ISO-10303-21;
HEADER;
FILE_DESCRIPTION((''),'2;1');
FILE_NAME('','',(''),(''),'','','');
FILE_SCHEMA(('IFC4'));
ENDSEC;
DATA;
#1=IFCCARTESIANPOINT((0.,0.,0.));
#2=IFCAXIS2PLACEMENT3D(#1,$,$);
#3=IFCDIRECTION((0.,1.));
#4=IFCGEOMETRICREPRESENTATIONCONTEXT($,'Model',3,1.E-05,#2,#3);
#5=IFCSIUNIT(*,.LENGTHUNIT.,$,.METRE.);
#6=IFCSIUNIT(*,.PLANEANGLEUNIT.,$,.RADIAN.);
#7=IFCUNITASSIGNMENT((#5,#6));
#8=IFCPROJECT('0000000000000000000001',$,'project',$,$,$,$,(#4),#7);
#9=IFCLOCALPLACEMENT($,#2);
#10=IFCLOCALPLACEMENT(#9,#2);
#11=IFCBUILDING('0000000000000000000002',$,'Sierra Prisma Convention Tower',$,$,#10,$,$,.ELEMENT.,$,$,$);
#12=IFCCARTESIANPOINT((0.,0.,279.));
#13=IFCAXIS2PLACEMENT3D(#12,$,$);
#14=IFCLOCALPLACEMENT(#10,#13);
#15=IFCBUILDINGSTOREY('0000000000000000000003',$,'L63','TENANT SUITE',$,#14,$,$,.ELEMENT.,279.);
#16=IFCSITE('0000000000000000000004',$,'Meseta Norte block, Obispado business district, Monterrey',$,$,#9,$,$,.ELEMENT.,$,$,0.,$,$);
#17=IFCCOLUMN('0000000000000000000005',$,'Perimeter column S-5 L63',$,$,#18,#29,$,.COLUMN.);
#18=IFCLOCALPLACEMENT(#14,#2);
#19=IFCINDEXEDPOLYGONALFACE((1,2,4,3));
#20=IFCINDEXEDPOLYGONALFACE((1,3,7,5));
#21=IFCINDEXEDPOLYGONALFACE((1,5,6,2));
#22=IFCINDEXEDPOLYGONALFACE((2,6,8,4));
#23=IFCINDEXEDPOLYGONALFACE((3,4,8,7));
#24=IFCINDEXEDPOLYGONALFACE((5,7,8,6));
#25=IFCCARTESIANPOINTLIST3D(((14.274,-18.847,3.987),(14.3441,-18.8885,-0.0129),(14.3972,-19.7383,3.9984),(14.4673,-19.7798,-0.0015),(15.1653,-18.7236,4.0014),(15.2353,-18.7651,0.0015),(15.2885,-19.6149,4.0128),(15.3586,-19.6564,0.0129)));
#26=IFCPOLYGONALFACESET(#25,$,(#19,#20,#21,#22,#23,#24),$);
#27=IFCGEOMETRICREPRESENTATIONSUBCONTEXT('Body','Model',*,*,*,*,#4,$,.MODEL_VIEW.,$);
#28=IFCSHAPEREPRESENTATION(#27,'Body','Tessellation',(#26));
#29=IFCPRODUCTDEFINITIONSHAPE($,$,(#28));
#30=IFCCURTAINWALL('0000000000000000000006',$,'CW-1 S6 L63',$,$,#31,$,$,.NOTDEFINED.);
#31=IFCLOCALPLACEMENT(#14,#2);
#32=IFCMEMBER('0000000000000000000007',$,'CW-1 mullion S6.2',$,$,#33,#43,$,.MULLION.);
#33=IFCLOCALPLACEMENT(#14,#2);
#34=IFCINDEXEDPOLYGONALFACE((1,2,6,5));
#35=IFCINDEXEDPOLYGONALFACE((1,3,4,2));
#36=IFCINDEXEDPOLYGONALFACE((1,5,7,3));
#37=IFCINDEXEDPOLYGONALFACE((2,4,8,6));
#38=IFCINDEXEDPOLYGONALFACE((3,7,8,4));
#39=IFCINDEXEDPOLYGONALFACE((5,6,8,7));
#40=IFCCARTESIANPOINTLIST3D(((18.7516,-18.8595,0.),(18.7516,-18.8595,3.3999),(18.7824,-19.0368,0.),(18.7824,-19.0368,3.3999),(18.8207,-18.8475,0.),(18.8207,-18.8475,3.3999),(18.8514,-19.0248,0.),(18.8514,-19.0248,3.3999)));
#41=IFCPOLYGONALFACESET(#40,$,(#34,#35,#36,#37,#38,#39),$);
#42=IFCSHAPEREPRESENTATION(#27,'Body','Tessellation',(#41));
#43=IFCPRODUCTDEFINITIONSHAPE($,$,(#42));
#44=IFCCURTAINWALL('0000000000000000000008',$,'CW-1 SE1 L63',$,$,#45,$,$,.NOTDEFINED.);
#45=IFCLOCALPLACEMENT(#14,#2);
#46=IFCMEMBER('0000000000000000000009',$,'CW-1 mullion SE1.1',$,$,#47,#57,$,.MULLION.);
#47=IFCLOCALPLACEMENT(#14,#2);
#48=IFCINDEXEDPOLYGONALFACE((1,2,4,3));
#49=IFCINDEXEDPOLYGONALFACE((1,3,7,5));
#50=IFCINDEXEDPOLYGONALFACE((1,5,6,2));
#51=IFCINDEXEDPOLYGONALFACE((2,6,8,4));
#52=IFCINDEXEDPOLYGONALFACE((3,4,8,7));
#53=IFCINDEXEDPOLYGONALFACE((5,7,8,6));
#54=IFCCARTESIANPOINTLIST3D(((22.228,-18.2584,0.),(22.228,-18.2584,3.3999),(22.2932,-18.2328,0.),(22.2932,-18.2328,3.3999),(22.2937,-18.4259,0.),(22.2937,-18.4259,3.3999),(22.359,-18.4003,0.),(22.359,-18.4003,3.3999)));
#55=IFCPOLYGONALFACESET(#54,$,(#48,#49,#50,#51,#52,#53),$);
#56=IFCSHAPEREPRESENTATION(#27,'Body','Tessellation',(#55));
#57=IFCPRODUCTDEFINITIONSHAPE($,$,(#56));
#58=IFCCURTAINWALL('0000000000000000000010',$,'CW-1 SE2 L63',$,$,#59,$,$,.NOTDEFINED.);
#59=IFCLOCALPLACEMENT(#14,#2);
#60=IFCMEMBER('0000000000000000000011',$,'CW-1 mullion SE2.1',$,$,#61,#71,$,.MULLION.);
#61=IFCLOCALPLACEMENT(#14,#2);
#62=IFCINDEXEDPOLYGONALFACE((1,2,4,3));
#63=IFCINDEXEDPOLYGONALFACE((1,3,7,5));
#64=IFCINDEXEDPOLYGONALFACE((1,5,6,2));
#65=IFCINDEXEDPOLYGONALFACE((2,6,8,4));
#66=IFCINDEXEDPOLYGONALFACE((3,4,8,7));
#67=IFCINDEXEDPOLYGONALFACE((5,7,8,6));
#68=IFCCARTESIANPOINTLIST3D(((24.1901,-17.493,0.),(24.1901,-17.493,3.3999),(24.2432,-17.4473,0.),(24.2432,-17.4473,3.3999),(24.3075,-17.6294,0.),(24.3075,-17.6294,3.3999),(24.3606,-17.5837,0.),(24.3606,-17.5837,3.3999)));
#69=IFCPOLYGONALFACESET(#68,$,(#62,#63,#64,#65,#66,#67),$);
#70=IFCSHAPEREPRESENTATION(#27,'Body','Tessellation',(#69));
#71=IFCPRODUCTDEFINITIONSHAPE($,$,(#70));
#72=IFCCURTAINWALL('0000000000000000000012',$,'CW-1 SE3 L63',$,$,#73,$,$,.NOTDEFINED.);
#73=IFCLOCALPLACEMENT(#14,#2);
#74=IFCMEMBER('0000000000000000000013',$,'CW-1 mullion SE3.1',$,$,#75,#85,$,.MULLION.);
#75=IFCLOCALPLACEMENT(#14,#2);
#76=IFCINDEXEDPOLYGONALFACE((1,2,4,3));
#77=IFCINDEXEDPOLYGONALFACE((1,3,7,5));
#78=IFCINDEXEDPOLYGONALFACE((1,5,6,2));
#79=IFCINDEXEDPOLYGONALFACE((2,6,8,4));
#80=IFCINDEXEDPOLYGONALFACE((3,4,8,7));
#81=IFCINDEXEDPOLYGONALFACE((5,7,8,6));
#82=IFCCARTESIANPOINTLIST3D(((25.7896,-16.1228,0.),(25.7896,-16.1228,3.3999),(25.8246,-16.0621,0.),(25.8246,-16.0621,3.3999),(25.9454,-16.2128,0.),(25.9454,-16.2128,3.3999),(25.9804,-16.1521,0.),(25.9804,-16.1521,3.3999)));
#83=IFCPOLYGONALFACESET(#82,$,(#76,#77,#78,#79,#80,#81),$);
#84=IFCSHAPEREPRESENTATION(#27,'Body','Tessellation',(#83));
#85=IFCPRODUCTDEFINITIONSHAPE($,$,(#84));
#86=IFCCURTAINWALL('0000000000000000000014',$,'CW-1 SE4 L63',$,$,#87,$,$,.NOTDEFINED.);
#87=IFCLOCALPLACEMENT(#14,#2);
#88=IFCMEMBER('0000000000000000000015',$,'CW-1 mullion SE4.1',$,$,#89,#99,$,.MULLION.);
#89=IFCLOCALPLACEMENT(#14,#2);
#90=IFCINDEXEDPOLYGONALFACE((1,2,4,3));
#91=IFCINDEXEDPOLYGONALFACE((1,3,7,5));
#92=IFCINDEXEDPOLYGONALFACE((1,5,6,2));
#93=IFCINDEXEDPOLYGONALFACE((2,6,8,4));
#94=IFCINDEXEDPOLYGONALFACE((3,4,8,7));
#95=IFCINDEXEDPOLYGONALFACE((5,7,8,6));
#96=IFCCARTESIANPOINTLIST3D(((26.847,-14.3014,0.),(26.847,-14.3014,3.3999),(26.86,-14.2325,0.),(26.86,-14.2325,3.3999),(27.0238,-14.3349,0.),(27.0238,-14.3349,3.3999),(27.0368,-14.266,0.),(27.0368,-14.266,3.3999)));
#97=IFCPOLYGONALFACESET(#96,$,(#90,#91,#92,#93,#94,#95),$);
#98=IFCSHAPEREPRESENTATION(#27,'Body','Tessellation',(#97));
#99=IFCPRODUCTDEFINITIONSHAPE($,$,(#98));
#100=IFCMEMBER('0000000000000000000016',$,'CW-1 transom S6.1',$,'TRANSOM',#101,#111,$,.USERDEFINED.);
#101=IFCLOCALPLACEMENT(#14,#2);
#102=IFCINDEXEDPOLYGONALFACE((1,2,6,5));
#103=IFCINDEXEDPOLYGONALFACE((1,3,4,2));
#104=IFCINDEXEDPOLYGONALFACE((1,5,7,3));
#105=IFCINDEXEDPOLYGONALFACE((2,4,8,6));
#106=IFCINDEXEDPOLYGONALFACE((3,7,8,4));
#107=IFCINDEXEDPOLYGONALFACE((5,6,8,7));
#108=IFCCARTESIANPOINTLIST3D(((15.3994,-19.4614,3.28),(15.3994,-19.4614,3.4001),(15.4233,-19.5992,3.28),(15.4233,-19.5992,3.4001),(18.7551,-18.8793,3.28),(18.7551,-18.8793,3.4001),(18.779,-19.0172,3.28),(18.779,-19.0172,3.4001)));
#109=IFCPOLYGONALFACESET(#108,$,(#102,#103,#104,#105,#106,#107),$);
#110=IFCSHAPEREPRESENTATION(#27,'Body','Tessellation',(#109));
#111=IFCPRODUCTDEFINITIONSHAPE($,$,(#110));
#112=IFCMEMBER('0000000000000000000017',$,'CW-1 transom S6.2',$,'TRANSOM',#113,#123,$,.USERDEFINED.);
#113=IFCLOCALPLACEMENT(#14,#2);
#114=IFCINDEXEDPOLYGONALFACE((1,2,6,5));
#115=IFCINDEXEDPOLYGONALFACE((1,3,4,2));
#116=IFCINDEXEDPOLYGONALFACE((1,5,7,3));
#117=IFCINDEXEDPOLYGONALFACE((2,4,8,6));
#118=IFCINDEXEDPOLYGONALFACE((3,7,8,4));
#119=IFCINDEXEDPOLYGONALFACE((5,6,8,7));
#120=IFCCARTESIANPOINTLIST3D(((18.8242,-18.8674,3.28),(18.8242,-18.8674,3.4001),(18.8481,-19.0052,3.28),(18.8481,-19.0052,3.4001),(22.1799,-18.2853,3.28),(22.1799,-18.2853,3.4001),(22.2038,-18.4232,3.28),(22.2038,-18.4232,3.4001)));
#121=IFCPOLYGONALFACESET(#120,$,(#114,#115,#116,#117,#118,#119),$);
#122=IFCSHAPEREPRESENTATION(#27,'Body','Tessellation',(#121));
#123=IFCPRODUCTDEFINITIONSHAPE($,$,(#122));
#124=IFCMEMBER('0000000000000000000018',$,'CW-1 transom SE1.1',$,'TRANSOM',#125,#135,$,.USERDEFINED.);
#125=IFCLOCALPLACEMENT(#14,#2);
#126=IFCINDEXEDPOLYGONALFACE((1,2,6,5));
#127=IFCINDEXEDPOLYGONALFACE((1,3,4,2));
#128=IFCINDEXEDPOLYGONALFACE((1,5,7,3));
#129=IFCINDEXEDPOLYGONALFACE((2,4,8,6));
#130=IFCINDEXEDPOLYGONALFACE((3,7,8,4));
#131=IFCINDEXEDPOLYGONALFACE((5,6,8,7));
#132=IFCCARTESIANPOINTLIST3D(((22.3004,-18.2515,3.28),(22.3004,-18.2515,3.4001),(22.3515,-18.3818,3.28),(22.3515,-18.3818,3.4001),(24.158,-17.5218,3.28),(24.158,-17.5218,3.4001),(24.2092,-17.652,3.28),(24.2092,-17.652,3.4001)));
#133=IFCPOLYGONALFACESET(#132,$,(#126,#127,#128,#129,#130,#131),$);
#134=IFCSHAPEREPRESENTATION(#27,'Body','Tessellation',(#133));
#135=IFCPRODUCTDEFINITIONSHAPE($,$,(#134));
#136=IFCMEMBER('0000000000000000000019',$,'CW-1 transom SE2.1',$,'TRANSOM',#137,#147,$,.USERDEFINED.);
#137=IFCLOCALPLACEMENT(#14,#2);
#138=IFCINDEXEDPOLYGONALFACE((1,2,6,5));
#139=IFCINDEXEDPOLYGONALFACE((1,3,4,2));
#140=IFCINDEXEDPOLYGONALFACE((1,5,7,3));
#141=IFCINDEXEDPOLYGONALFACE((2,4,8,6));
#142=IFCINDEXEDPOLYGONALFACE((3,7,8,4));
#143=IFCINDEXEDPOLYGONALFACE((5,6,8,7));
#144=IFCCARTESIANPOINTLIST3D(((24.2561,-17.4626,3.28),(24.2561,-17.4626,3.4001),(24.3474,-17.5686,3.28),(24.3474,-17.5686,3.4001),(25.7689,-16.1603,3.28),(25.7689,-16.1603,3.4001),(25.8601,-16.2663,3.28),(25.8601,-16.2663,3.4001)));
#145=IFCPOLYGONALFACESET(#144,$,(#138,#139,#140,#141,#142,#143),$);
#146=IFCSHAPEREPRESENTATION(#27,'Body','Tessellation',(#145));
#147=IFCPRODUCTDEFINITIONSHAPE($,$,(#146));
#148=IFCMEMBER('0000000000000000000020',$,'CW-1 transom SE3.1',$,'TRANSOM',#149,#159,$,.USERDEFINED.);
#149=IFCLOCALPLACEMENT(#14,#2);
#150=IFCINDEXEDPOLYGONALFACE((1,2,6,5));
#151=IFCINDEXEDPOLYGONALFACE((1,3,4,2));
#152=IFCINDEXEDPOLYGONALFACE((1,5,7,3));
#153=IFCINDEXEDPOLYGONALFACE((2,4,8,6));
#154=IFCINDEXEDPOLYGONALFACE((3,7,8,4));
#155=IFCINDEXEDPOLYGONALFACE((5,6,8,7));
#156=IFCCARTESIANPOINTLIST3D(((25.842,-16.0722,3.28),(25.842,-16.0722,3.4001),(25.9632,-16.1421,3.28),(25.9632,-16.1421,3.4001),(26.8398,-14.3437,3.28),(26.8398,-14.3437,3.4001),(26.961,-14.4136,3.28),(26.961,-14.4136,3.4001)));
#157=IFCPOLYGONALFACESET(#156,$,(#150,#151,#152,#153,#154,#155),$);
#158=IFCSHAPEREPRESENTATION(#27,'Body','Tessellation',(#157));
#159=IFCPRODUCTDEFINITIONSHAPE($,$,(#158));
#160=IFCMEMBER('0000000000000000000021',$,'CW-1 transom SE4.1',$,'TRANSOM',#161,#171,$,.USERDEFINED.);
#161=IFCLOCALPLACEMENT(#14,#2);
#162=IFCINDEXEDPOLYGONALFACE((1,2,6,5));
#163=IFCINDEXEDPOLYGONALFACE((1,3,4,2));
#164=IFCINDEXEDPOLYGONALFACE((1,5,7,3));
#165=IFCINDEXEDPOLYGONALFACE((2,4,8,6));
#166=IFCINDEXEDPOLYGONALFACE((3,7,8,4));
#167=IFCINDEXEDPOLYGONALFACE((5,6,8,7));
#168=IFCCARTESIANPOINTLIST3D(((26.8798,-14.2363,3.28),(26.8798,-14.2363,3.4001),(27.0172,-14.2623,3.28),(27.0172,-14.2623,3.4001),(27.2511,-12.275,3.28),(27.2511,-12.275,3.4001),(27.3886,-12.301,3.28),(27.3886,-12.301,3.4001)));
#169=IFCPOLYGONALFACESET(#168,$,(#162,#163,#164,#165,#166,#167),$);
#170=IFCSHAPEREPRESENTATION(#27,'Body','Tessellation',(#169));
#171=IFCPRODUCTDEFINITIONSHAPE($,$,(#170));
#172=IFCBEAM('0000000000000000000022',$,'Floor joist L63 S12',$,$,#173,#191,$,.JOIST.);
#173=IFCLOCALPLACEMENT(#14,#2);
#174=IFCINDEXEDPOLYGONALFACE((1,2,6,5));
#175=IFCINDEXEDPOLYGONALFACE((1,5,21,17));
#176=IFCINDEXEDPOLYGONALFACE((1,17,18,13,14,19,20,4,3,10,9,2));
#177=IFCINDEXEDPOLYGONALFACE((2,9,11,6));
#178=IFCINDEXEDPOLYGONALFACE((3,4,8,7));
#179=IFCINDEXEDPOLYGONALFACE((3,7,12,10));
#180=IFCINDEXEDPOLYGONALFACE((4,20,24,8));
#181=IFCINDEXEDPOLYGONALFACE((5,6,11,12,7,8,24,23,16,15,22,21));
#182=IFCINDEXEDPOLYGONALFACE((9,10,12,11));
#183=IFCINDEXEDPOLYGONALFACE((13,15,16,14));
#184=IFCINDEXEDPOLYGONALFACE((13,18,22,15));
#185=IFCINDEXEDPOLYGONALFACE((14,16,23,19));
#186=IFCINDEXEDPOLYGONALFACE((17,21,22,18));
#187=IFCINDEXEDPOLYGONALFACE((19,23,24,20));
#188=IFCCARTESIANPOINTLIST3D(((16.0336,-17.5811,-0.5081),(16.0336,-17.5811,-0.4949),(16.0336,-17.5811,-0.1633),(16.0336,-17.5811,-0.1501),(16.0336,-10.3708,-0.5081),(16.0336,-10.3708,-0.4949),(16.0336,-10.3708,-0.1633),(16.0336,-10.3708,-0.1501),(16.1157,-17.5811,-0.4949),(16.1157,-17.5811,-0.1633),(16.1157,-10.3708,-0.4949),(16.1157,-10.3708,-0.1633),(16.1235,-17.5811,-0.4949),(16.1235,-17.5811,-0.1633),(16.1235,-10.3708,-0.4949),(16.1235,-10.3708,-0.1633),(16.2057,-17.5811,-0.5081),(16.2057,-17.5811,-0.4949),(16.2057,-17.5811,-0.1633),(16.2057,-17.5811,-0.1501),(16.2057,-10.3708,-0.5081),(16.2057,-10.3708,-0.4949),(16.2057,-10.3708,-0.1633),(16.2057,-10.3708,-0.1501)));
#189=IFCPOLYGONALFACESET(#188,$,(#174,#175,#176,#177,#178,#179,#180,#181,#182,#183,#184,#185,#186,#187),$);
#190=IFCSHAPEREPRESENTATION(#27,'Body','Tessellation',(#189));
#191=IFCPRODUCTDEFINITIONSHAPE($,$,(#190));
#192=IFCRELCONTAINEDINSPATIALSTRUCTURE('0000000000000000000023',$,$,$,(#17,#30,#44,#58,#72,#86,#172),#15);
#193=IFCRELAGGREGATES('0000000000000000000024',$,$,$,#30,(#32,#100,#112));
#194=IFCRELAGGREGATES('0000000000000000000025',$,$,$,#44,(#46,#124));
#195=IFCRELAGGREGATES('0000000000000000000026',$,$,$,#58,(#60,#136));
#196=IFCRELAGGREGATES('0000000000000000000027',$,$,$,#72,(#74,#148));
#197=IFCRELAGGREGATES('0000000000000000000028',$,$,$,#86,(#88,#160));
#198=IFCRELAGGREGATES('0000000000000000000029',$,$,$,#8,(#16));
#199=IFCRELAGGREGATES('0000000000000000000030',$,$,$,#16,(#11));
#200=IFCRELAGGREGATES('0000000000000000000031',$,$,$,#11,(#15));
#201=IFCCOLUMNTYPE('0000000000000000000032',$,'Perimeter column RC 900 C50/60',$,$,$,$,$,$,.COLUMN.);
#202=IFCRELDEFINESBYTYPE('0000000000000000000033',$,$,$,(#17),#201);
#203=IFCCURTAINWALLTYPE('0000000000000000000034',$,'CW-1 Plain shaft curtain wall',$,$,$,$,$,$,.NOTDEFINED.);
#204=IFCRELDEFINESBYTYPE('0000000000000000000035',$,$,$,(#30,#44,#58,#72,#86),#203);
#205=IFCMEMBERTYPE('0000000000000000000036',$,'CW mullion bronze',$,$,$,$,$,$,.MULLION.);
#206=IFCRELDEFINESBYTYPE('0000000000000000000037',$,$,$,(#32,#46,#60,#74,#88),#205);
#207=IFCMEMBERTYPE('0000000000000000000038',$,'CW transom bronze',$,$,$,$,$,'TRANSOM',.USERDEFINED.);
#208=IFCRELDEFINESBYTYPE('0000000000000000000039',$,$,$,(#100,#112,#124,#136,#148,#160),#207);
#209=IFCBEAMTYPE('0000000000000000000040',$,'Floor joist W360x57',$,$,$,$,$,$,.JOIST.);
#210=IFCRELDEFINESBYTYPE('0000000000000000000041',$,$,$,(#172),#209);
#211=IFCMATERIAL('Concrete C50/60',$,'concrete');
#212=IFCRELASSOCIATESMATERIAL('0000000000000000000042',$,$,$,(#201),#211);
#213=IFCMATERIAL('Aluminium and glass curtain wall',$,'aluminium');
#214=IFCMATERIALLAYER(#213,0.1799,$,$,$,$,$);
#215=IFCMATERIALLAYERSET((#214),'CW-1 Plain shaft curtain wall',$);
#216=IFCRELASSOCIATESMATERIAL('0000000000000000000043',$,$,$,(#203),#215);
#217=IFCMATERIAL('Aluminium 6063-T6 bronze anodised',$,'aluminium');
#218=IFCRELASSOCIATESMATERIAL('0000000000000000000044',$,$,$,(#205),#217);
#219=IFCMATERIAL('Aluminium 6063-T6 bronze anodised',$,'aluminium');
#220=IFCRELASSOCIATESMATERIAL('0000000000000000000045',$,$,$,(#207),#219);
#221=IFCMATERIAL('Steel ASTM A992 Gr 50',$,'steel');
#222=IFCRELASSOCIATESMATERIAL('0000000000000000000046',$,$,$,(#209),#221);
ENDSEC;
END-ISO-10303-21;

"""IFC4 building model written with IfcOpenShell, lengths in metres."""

from ifc_helpers import new_model, si_unit, direction, frame, origin, origin_2d, place, context, subcontext, project, spatial, rectangle, i_section, extrude, material, layer, layer_set, material_profile, profile_set, type_object, element, aggregate, save


model = new_model("IFC4")

# Units and contexts
model_context = context("Model", 3, precision=1e-05, world=origin(), true_north=direction((0.0, 1.0)))
body_context = subcontext(model_context, "Body", "Model", "MODEL_VIEW")
ifc_project = project(units=[si_unit("LENGTHUNIT", "METRE"), si_unit("PLANEANGLEUNIT", "RADIAN")], contexts=[model_context])

# Site, building, storey
site_placement = place(None, origin())
site = spatial("IfcSite", under=ifc_project, at=site_placement, Name="Meseta Norte block, Obispado business district, Monterrey", CompositionType="ELEMENT", RefElevation=0.0)
building_placement = place(site_placement, origin())
building = spatial("IfcBuilding", under=site, at=building_placement, Name="Sierra Prisma Convention Tower", CompositionType="ELEMENT")
storey_placement = place(building_placement, frame((0.0, 0.0, 279.0)))
storey = spatial("IfcBuildingStorey", under=building, at=storey_placement, Name="L63", Description="TENANT SUITE", CompositionType="ELEMENT", Elevation=279.0)

# Column
ifc_material_1 = material(Name="Concrete C50/60", Category="concrete")
ifc_material_profile_1 = material_profile(ifc_material_1, rectangle(XDim=0.8999, YDim=0.8999, at=origin_2d()), Name="Perimeter column RC 900 C50/60")
ifc_profile_set_1 = profile_set([ifc_material_profile_1], Name="Concrete C50/60")
column_type = type_object("IfcColumnType", Name="Perimeter column RC 900 C50/60", PredefinedType="COLUMN", material=ifc_profile_set_1)
column_placement = place(storey_placement, frame((14.8513, -19.2725, 0.0), z_axis=(-0.017513, 0.010374, 0.999793), x_axis=(0.990424, 0.137137, 0.015926)))
element("IfcColumn", 1, at=column_placement, inside=storey, type_object=column_type, Name="Perimeter column S-5 L63", PredefinedType="COLUMN", context=body_context, shape_type="SweptSolid", body=[
    extrude(rectangle(XDim=0.8999, YDim=0.8999, at=origin_2d()), origin(), (0.0, 0.0, 1.0), 4.0007),
])

# Curtain walls, members
ifc_material_2 = material(Name="Aluminium and glass curtain wall", Category="aluminium")
ifc_layer_1 = layer(ifc_material_2, 0.1799)
ifc_layer_set_1 = layer_set([ifc_layer_1], Name="CW-1 Plain shaft curtain wall")
curtain_wall_type = type_object("IfcCurtainWallType", Name="CW-1 Plain shaft curtain wall", PredefinedType="NOTDEFINED", material=ifc_layer_set_1)
curtain_wall_1_placement = place(storey_placement, origin())
curtain_wall_1 = element("IfcCurtainWall", 2, at=curtain_wall_1_placement, inside=storey, type_object=curtain_wall_type, Name="CW-1 S6 L63", PredefinedType="NOTDEFINED")
ifc_material_3 = material(Name="Aluminium 6063-T6 bronze anodised", Category="aluminium")
ifc_material_profile_2 = material_profile(ifc_material_3, rectangle(XDim=0.1799, YDim=0.0701, at=origin_2d()), Name="ALU MULLION 70x180")
ifc_profile_set_2 = profile_set([ifc_material_profile_2], Name="Aluminium 6063-T6 bronze anodised")
member_type_1 = type_object("IfcMemberType", Name="CW mullion bronze", PredefinedType="MULLION", material=ifc_profile_set_2)
member_1_placement = place(storey_placement, frame((18.8015, -18.9421, 0.0), z_axis=(0.0, 0.0, 1.0), x_axis=(-0.170902, 0.985288, 0.0)))
member_1 = element("IfcMember", 3, at=member_1_placement, type_object=member_type_1, Name="CW-1 mullion S6.2", PredefinedType="MULLION", context=body_context, shape_type="SweptSolid", body=[
    extrude(rectangle(XDim=0.1799, YDim=0.0701, at=origin_2d()), origin(), (0.0, 0.0, 1.0), 3.3999),
])
curtain_wall_2_placement = place(storey_placement, origin())
curtain_wall_2 = element("IfcCurtainWall", 4, at=curtain_wall_2_placement, inside=storey, type_object=curtain_wall_type, Name="CW-1 SE1 L63", PredefinedType="NOTDEFINED")
member_2_placement = place(storey_placement, frame((22.2935, -18.3293, 0.0), z_axis=(0.0, 0.0, 1.0), x_axis=(-0.365634, 0.930759, 0.0)))
member_2 = element("IfcMember", 5, at=member_2_placement, type_object=member_type_1, Name="CW-1 mullion SE1.1", PredefinedType="MULLION", context=body_context, shape_type="SweptSolid", body=[
    extrude(rectangle(XDim=0.1799, YDim=0.0701, at=origin_2d()), origin(), (0.0, 0.0, 1.0), 3.3999),
])
curtain_wall_3_placement = place(storey_placement, origin())
curtain_wall_3 = element("IfcCurtainWall", 6, at=curtain_wall_3_placement, inside=storey, type_object=curtain_wall_type, Name="CW-1 SE2 L63", PredefinedType="NOTDEFINED")
member_3_placement = place(storey_placement, frame((24.2754, -17.5383, 0.0), z_axis=(0.0, 0.0, 1.0), x_axis=(-0.652407, 0.757869, 0.0)))
member_3 = element("IfcMember", 7, at=member_3_placement, type_object=member_type_1, Name="CW-1 mullion SE2.1", PredefinedType="MULLION", context=body_context, shape_type="SweptSolid", body=[
    extrude(rectangle(XDim=0.1799, YDim=0.0701, at=origin_2d()), origin(), (0.0, 0.0, 1.0), 3.3999),
])
curtain_wall_4_placement = place(storey_placement, origin())
curtain_wall_4 = element("IfcCurtainWall", 8, at=curtain_wall_4_placement, inside=storey, type_object=curtain_wall_type, Name="CW-1 SE3 L63", PredefinedType="NOTDEFINED")
member_4_placement = place(storey_placement, frame((25.885, -16.1375, 0.0), z_axis=(0.0, 0.0, 1.0), x_axis=(-0.866025, 0.5, 0.0)))
member_4 = element("IfcMember", 9, at=member_4_placement, type_object=member_type_1, Name="CW-1 mullion SE3.1", PredefinedType="MULLION", context=body_context, shape_type="SweptSolid", body=[
    extrude(rectangle(XDim=0.1799, YDim=0.0701, at=origin_2d()), origin(), (0.0, 0.0, 1.0), 3.3999),
])
curtain_wall_5_placement = place(storey_placement, origin())
curtain_wall_5 = element("IfcCurtainWall", 10, at=curtain_wall_5_placement, inside=storey, type_object=curtain_wall_type, Name="CW-1 SE4 L63", PredefinedType="NOTDEFINED")
member_5_placement = place(storey_placement, frame((26.9419, -14.2837, 0.0), z_axis=(0.0, 0.0, 1.0), x_axis=(-0.982537, 0.186066, 0.0)))
member_5 = element("IfcMember", 11, at=member_5_placement, type_object=member_type_1, Name="CW-1 mullion SE4.1", PredefinedType="MULLION", context=body_context, shape_type="SweptSolid", body=[
    extrude(rectangle(XDim=0.1799, YDim=0.0701, at=origin_2d()), origin(), (0.0, 0.0, 1.0), 3.3999),
])

# Members
ifc_material_4 = material(Name="Aluminium 6063-T6 bronze anodised", Category="aluminium")
ifc_material_profile_3 = material_profile(ifc_material_4, rectangle(XDim=0.1399, YDim=0.1201, at=origin_2d()), Name="ALU TRANSOM 120x140")
ifc_profile_set_3 = profile_set([ifc_material_profile_3], Name="Aluminium 6063-T6 bronze anodised")
member_type_2 = type_object("IfcMemberType", Name="CW transom bronze", ElementType="TRANSOM", PredefinedType="USERDEFINED", material=ifc_profile_set_3)
member_6_placement = place(storey_placement, frame((15.4114, -19.5303, 3.3401), z_axis=(0.98529, 0.170893, 0.0), x_axis=(-0.170893, 0.98529, 0.0)))
member_6 = element("IfcMember", 12, at=member_6_placement, type_object=member_type_2, Name="CW-1 transom S6.1", ObjectType="TRANSOM", PredefinedType="USERDEFINED", context=body_context, shape_type="SweptSolid", body=[
    extrude(rectangle(XDim=0.1399, YDim=0.1201, at=origin_2d()), origin(), (0.0, 0.0, 1.0), 3.4058),
])
member_7_placement = place(storey_placement, frame((18.8362, -18.9363, 3.3401), z_axis=(0.98529, 0.170893, 0.0), x_axis=(-0.170893, 0.98529, 0.0)))
member_7 = element("IfcMember", 13, at=member_7_placement, type_object=member_type_2, Name="CW-1 transom S6.2", ObjectType="TRANSOM", PredefinedType="USERDEFINED", context=body_context, shape_type="SweptSolid", body=[
    extrude(rectangle(XDim=0.1399, YDim=0.1201, at=origin_2d()), origin(), (0.0, 0.0, 1.0), 3.4058),
])
member_8_placement = place(storey_placement, frame((22.3259, -18.3167, 3.3401), z_axis=(0.930762, 0.365626, 0.0), x_axis=(-0.365626, 0.930762, 0.0)))
member_8 = element("IfcMember", 14, at=member_8_placement, type_object=member_type_2, Name="CW-1 transom SE1.1", ObjectType="TRANSOM", PredefinedType="USERDEFINED", context=body_context, shape_type="SweptSolid", body=[
    extrude(rectangle(XDim=0.1399, YDim=0.1201, at=origin_2d()), origin(), (0.0, 0.0, 1.0), 1.9958),
])
member_9_placement = place(storey_placement, frame((24.3018, -17.5156, 3.3401), z_axis=(0.757856, 0.652422, 0.0), x_axis=(-0.652422, 0.757856, 0.0)))
member_9 = element("IfcMember", 15, at=member_9_placement, type_object=member_type_2, Name="CW-1 transom SE2.1", ObjectType="TRANSOM", PredefinedType="USERDEFINED", context=body_context, shape_type="SweptSolid", body=[
    extrude(rectangle(XDim=0.1399, YDim=0.1201, at=origin_2d()), origin(), (0.0, 0.0, 1.0), 1.9961),
])
member_10_placement = place(storey_placement, frame((25.9026, -16.1072, 3.3401), z_axis=(0.499941, 0.866059, 0.0), x_axis=(-0.866059, 0.499941, 0.0)))
member_10 = element("IfcMember", 16, at=member_10_placement, type_object=member_type_2, Name="CW-1 transom SE3.1", ObjectType="TRANSOM", PredefinedType="USERDEFINED", context=body_context, shape_type="SweptSolid", body=[
    extrude(rectangle(XDim=0.1399, YDim=0.1201, at=origin_2d()), origin(), (0.0, 0.0, 1.0), 1.9958),
])
member_11_placement = place(storey_placement, frame((26.9485, -14.2493, 3.3401), z_axis=(0.186038, 0.982542, 0.0), x_axis=(-0.982542, 0.186038, 0.0)))
member_11 = element("IfcMember", 17, at=member_11_placement, type_object=member_type_2, Name="CW-1 transom SE4.1", ObjectType="TRANSOM", PredefinedType="USERDEFINED", context=body_context, shape_type="SweptSolid", body=[
    extrude(rectangle(XDim=0.1399, YDim=0.1201, at=origin_2d()), origin(), (0.0, 0.0, 1.0), 1.9961),
])

# Beam
ifc_material_5 = material(Name="Steel ASTM A992 Gr 50", Category="steel")
ifc_material_profile_4 = material_profile(ifc_material_5, i_section(OverallWidth=0.1721, OverallDepth=0.3579, WebThickness=0.0078, FlangeThickness=0.0132, at=origin_2d()), Name="W360x57")
ifc_profile_set_4 = profile_set([ifc_material_profile_4], Name="Steel ASTM A992 Gr 50")
beam_type_1 = type_object("IfcBeamType", Name="Floor joist W360x57", PredefinedType="JOIST", material=ifc_profile_set_4)
beam_1_placement = place(storey_placement, frame((16.1196, -17.5811, -0.3291), z_axis=(0.0, 1.0, 0.0), x_axis=(-1.0, 0.0, 0.0)))
element("IfcBeam", 18, at=beam_1_placement, inside=storey, type_object=beam_type_1, Name="Floor joist L63 S12", PredefinedType="JOIST", context=body_context, shape_type="SweptSolid", body=[
    extrude(i_section(OverallWidth=0.1721, OverallDepth=0.3579, WebThickness=0.0078, FlangeThickness=0.0132, at=origin_2d()), origin(), (0.0, 0.0, 1.0), 7.2102),
])

aggregate(curtain_wall_1, [member_1, member_6, member_7])
aggregate(curtain_wall_2, [member_2, member_8])
aggregate(curtain_wall_3, [member_3, member_9])
aggregate(curtain_wall_4, [member_4, member_10])
aggregate(curtain_wall_5, [member_5, member_11])

save(model, "model.ifc")
